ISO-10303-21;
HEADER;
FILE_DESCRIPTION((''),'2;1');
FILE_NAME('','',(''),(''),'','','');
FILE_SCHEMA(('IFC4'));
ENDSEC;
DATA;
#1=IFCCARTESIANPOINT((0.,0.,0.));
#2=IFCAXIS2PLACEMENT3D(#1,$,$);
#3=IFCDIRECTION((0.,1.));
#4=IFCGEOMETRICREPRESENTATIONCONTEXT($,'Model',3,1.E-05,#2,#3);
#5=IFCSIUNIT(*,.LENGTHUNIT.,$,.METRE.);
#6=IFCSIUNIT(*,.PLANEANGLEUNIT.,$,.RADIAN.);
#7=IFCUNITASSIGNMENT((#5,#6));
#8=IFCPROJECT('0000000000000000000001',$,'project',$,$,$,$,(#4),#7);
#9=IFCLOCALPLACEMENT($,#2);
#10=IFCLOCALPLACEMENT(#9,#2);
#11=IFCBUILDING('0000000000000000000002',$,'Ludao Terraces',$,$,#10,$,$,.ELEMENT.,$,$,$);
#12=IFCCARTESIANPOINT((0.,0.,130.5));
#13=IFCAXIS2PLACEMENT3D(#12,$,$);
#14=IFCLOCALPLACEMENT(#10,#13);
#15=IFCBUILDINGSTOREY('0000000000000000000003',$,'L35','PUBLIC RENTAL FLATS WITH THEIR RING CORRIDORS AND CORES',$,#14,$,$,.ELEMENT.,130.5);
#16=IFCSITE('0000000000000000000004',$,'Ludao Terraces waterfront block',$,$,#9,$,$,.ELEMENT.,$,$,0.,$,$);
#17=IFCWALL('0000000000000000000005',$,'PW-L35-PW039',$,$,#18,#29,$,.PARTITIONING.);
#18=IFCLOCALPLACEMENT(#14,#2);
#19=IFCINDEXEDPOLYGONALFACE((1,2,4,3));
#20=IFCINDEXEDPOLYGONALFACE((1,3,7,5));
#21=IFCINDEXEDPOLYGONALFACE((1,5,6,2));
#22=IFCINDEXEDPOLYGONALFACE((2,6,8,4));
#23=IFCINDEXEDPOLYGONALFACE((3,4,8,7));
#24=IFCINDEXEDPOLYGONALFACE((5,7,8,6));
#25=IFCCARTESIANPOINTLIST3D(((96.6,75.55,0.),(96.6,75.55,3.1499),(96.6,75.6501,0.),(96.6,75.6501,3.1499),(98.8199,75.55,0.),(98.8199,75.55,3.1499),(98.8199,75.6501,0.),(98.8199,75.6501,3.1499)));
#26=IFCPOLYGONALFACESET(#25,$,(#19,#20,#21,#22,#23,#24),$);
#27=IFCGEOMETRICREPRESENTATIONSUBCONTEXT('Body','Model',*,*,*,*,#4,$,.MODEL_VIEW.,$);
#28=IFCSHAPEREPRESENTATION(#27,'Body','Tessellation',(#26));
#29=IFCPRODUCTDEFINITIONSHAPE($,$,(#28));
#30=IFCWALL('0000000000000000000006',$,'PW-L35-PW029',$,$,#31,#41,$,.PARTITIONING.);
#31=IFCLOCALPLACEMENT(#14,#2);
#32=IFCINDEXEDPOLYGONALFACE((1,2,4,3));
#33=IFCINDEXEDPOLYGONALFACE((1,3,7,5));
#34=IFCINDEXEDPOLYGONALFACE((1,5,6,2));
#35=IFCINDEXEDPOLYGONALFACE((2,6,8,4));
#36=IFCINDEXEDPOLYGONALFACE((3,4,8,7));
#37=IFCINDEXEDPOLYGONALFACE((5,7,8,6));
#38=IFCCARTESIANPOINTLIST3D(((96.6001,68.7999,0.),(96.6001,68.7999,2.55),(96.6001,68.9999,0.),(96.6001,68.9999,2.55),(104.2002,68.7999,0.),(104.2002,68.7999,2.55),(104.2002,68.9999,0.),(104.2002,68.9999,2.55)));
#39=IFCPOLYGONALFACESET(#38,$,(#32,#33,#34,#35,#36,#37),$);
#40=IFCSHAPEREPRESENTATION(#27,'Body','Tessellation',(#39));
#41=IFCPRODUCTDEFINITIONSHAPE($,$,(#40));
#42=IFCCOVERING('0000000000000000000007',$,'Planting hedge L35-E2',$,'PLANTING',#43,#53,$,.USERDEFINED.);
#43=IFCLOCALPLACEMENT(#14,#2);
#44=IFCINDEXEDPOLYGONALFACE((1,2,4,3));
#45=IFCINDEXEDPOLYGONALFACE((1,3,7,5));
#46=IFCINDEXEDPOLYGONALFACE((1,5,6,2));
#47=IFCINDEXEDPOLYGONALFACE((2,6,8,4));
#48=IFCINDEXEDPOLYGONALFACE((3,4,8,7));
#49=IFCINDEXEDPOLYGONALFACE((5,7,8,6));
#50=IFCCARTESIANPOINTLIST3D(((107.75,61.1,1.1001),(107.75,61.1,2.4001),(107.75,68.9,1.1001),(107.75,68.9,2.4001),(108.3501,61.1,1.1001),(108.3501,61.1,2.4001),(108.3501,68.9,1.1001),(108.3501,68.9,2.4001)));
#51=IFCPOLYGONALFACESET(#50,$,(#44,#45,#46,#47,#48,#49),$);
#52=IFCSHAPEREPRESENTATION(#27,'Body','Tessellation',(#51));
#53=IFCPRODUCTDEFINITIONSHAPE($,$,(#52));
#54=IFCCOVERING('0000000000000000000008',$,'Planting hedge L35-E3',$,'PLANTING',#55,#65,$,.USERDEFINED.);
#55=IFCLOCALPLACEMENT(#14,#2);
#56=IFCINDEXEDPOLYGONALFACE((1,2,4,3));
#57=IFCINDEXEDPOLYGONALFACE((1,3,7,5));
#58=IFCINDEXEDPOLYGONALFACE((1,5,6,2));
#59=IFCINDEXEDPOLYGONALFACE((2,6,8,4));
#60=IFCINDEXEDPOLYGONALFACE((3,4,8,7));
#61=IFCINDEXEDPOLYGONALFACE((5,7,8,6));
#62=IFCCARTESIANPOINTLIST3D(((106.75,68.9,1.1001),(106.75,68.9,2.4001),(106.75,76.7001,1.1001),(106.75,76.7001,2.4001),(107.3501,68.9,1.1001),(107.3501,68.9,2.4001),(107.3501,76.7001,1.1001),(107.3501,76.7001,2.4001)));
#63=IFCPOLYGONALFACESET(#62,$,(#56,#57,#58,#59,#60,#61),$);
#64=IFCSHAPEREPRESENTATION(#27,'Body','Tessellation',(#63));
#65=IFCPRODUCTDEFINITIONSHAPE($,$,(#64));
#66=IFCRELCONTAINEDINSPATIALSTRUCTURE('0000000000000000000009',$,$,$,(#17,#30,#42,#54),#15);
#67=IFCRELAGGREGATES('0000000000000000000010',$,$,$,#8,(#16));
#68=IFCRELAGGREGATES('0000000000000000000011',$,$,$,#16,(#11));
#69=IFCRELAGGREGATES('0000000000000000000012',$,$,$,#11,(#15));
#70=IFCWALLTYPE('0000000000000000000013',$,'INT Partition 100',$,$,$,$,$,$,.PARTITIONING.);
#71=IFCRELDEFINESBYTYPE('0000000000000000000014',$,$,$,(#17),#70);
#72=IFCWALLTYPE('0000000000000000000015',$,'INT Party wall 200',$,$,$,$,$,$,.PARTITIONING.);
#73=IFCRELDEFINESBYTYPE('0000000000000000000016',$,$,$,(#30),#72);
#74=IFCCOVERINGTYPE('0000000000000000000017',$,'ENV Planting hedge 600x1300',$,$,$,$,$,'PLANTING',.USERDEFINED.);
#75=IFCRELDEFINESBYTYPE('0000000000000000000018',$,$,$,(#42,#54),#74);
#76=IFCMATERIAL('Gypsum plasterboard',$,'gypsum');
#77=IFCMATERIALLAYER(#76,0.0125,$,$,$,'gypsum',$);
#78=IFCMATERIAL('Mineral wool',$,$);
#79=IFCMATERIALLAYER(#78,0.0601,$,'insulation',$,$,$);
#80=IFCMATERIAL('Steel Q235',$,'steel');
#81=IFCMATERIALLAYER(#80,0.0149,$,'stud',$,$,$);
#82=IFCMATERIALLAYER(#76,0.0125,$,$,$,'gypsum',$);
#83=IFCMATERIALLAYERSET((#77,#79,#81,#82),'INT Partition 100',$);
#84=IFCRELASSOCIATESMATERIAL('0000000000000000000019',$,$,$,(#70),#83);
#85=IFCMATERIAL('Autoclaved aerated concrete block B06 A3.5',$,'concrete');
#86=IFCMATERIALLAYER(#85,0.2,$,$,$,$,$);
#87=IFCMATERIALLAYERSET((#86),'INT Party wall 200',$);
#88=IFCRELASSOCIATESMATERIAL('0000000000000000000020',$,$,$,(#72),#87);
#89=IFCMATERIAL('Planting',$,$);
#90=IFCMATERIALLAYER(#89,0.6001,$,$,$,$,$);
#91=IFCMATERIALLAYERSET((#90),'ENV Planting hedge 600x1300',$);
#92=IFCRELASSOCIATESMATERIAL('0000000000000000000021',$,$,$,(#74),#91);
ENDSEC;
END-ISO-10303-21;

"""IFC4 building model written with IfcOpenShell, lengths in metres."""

from ifc_helpers import new_model, si_unit, direction, frame, frame_2d, origin, origin_2d, place, context, subcontext, project, spatial, rectangle, extrude, material, layer, layer_set, type_object, element, save


model = new_model("IFC4")

# Units and contexts
model_context = context("Model", 3, precision=1e-05, world=origin(), true_north=direction((0.0, 1.0)))
body_context = subcontext(model_context, "Body", "Model", "MODEL_VIEW")
ifc_project = project(units=[si_unit("LENGTHUNIT", "METRE"), si_unit("PLANEANGLEUNIT", "RADIAN")], contexts=[model_context])

# Site, building, storey
site_placement = place(None, origin())
site = spatial("IfcSite", under=ifc_project, at=site_placement, Name="Ludao Terraces waterfront block", CompositionType="ELEMENT", RefElevation=0.0)
building_placement = place(site_placement, origin())
building = spatial("IfcBuilding", under=site, at=building_placement, Name="Ludao Terraces", CompositionType="ELEMENT")
storey_placement = place(building_placement, frame((0.0, 0.0, 130.5)))
storey = spatial("IfcBuildingStorey", under=building, at=storey_placement, Name="L35", Description="PUBLIC RENTAL FLATS WITH THEIR RING CORRIDORS AND CORES", CompositionType="ELEMENT", Elevation=130.5)

# Shared definitions
ifc_material_1 = material(Name="Mineral wool")

# Walls
ifc_material_2 = material(Name="Gypsum plasterboard", Category="gypsum")
ifc_layer_1 = layer(ifc_material_2, 0.0125, Category="gypsum")
ifc_layer_2 = layer(ifc_material_1, 0.0601, Name="insulation")
ifc_material_3 = material(Name="Steel Q235", Category="steel")
ifc_layer_3 = layer(ifc_material_3, 0.0149, Name="stud")
ifc_layer_4 = layer(ifc_material_2, 0.0125, Category="gypsum")
ifc_layer_set_1 = layer_set([ifc_layer_1, ifc_layer_2, ifc_layer_3, ifc_layer_4], Name="INT Partition 100")
wall_type_1 = type_object("IfcWallType", Name="INT Partition 100", PredefinedType="PARTITIONING", material=ifc_layer_set_1)
for number, where, z_axis, x_axis, name in (
    (1, (96.6001, 75.6001, 0.0), (0.0, 0.0, 1.0), (1.0, 0.0, 0.0), "PW-L35-PW039"),
):
    element("IfcWall", number, at=place(storey_placement, frame(where, z_axis=z_axis, x_axis=x_axis)), inside=storey, type_object=wall_type_1, Name=name, PredefinedType="PARTITIONING", context=body_context, shape_type="SweptSolid", body=[
        extrude(rectangle(XDim=2.22, YDim=0.1001, at=frame_2d((1.1099, 0.0))), origin(), (0.0, 0.0, 1.0), 3.1499),
    ])
ifc_material_4 = material(Name="Autoclaved aerated concrete block B06 A3.5", Category="concrete")
ifc_layer_5 = layer(ifc_material_4, 0.2)
ifc_layer_set_2 = layer_set([ifc_layer_5], Name="INT Party wall 200")
wall_type_2 = type_object("IfcWallType", Name="INT Party wall 200", PredefinedType="PARTITIONING", material=ifc_layer_set_2)
wall_1_placement = place(storey_placement, frame((96.6001, 68.8999, 0.0), z_axis=(0.0, 0.0, 1.0), x_axis=(1.0, 0.0, 0.0)))
element("IfcWall", 2, at=wall_1_placement, inside=storey, type_object=wall_type_2, Name="PW-L35-PW029", PredefinedType="PARTITIONING", context=body_context, shape_type="SweptSolid", body=[
    extrude(rectangle(XDim=7.6001, YDim=0.2, at=frame_2d((3.8, 0.0))), origin(), (0.0, 0.0, 1.0), 2.55),
])

# Coverings
ifc_material_5 = material(Name="Planting")
ifc_layer_6 = layer(ifc_material_5, 0.6001)
ifc_layer_set_3 = layer_set([ifc_layer_6], Name="ENV Planting hedge 600x1300")
covering_type = type_object("IfcCoveringType", Name="ENV Planting hedge 600x1300", ElementType="PLANTING", PredefinedType="USERDEFINED", material=ifc_layer_set_3)
for number, where, z_axis, x_axis, name in (
    (3, (108.05, 65.0, 1.1001), (0.0, 0.0, 1.0), (1.0, 0.0, 0.0), "Planting hedge L35-E2"),
    (4, (107.05, 72.8, 1.1001), (0.0, 0.0, 1.0), (1.0, 0.0, 0.0), "Planting hedge L35-E3"),
):
    element("IfcCovering", number, at=place(storey_placement, frame(where, z_axis=z_axis, x_axis=x_axis)), inside=storey, type_object=covering_type, Name=name, ObjectType="PLANTING", PredefinedType="USERDEFINED", context=body_context, shape_type="SweptSolid", body=[
        extrude(rectangle(XDim=0.6001, YDim=7.8, at=origin_2d()), origin(), (0.0, 0.0, 1.0), 1.3),
    ])

save(model, "model.ifc")
